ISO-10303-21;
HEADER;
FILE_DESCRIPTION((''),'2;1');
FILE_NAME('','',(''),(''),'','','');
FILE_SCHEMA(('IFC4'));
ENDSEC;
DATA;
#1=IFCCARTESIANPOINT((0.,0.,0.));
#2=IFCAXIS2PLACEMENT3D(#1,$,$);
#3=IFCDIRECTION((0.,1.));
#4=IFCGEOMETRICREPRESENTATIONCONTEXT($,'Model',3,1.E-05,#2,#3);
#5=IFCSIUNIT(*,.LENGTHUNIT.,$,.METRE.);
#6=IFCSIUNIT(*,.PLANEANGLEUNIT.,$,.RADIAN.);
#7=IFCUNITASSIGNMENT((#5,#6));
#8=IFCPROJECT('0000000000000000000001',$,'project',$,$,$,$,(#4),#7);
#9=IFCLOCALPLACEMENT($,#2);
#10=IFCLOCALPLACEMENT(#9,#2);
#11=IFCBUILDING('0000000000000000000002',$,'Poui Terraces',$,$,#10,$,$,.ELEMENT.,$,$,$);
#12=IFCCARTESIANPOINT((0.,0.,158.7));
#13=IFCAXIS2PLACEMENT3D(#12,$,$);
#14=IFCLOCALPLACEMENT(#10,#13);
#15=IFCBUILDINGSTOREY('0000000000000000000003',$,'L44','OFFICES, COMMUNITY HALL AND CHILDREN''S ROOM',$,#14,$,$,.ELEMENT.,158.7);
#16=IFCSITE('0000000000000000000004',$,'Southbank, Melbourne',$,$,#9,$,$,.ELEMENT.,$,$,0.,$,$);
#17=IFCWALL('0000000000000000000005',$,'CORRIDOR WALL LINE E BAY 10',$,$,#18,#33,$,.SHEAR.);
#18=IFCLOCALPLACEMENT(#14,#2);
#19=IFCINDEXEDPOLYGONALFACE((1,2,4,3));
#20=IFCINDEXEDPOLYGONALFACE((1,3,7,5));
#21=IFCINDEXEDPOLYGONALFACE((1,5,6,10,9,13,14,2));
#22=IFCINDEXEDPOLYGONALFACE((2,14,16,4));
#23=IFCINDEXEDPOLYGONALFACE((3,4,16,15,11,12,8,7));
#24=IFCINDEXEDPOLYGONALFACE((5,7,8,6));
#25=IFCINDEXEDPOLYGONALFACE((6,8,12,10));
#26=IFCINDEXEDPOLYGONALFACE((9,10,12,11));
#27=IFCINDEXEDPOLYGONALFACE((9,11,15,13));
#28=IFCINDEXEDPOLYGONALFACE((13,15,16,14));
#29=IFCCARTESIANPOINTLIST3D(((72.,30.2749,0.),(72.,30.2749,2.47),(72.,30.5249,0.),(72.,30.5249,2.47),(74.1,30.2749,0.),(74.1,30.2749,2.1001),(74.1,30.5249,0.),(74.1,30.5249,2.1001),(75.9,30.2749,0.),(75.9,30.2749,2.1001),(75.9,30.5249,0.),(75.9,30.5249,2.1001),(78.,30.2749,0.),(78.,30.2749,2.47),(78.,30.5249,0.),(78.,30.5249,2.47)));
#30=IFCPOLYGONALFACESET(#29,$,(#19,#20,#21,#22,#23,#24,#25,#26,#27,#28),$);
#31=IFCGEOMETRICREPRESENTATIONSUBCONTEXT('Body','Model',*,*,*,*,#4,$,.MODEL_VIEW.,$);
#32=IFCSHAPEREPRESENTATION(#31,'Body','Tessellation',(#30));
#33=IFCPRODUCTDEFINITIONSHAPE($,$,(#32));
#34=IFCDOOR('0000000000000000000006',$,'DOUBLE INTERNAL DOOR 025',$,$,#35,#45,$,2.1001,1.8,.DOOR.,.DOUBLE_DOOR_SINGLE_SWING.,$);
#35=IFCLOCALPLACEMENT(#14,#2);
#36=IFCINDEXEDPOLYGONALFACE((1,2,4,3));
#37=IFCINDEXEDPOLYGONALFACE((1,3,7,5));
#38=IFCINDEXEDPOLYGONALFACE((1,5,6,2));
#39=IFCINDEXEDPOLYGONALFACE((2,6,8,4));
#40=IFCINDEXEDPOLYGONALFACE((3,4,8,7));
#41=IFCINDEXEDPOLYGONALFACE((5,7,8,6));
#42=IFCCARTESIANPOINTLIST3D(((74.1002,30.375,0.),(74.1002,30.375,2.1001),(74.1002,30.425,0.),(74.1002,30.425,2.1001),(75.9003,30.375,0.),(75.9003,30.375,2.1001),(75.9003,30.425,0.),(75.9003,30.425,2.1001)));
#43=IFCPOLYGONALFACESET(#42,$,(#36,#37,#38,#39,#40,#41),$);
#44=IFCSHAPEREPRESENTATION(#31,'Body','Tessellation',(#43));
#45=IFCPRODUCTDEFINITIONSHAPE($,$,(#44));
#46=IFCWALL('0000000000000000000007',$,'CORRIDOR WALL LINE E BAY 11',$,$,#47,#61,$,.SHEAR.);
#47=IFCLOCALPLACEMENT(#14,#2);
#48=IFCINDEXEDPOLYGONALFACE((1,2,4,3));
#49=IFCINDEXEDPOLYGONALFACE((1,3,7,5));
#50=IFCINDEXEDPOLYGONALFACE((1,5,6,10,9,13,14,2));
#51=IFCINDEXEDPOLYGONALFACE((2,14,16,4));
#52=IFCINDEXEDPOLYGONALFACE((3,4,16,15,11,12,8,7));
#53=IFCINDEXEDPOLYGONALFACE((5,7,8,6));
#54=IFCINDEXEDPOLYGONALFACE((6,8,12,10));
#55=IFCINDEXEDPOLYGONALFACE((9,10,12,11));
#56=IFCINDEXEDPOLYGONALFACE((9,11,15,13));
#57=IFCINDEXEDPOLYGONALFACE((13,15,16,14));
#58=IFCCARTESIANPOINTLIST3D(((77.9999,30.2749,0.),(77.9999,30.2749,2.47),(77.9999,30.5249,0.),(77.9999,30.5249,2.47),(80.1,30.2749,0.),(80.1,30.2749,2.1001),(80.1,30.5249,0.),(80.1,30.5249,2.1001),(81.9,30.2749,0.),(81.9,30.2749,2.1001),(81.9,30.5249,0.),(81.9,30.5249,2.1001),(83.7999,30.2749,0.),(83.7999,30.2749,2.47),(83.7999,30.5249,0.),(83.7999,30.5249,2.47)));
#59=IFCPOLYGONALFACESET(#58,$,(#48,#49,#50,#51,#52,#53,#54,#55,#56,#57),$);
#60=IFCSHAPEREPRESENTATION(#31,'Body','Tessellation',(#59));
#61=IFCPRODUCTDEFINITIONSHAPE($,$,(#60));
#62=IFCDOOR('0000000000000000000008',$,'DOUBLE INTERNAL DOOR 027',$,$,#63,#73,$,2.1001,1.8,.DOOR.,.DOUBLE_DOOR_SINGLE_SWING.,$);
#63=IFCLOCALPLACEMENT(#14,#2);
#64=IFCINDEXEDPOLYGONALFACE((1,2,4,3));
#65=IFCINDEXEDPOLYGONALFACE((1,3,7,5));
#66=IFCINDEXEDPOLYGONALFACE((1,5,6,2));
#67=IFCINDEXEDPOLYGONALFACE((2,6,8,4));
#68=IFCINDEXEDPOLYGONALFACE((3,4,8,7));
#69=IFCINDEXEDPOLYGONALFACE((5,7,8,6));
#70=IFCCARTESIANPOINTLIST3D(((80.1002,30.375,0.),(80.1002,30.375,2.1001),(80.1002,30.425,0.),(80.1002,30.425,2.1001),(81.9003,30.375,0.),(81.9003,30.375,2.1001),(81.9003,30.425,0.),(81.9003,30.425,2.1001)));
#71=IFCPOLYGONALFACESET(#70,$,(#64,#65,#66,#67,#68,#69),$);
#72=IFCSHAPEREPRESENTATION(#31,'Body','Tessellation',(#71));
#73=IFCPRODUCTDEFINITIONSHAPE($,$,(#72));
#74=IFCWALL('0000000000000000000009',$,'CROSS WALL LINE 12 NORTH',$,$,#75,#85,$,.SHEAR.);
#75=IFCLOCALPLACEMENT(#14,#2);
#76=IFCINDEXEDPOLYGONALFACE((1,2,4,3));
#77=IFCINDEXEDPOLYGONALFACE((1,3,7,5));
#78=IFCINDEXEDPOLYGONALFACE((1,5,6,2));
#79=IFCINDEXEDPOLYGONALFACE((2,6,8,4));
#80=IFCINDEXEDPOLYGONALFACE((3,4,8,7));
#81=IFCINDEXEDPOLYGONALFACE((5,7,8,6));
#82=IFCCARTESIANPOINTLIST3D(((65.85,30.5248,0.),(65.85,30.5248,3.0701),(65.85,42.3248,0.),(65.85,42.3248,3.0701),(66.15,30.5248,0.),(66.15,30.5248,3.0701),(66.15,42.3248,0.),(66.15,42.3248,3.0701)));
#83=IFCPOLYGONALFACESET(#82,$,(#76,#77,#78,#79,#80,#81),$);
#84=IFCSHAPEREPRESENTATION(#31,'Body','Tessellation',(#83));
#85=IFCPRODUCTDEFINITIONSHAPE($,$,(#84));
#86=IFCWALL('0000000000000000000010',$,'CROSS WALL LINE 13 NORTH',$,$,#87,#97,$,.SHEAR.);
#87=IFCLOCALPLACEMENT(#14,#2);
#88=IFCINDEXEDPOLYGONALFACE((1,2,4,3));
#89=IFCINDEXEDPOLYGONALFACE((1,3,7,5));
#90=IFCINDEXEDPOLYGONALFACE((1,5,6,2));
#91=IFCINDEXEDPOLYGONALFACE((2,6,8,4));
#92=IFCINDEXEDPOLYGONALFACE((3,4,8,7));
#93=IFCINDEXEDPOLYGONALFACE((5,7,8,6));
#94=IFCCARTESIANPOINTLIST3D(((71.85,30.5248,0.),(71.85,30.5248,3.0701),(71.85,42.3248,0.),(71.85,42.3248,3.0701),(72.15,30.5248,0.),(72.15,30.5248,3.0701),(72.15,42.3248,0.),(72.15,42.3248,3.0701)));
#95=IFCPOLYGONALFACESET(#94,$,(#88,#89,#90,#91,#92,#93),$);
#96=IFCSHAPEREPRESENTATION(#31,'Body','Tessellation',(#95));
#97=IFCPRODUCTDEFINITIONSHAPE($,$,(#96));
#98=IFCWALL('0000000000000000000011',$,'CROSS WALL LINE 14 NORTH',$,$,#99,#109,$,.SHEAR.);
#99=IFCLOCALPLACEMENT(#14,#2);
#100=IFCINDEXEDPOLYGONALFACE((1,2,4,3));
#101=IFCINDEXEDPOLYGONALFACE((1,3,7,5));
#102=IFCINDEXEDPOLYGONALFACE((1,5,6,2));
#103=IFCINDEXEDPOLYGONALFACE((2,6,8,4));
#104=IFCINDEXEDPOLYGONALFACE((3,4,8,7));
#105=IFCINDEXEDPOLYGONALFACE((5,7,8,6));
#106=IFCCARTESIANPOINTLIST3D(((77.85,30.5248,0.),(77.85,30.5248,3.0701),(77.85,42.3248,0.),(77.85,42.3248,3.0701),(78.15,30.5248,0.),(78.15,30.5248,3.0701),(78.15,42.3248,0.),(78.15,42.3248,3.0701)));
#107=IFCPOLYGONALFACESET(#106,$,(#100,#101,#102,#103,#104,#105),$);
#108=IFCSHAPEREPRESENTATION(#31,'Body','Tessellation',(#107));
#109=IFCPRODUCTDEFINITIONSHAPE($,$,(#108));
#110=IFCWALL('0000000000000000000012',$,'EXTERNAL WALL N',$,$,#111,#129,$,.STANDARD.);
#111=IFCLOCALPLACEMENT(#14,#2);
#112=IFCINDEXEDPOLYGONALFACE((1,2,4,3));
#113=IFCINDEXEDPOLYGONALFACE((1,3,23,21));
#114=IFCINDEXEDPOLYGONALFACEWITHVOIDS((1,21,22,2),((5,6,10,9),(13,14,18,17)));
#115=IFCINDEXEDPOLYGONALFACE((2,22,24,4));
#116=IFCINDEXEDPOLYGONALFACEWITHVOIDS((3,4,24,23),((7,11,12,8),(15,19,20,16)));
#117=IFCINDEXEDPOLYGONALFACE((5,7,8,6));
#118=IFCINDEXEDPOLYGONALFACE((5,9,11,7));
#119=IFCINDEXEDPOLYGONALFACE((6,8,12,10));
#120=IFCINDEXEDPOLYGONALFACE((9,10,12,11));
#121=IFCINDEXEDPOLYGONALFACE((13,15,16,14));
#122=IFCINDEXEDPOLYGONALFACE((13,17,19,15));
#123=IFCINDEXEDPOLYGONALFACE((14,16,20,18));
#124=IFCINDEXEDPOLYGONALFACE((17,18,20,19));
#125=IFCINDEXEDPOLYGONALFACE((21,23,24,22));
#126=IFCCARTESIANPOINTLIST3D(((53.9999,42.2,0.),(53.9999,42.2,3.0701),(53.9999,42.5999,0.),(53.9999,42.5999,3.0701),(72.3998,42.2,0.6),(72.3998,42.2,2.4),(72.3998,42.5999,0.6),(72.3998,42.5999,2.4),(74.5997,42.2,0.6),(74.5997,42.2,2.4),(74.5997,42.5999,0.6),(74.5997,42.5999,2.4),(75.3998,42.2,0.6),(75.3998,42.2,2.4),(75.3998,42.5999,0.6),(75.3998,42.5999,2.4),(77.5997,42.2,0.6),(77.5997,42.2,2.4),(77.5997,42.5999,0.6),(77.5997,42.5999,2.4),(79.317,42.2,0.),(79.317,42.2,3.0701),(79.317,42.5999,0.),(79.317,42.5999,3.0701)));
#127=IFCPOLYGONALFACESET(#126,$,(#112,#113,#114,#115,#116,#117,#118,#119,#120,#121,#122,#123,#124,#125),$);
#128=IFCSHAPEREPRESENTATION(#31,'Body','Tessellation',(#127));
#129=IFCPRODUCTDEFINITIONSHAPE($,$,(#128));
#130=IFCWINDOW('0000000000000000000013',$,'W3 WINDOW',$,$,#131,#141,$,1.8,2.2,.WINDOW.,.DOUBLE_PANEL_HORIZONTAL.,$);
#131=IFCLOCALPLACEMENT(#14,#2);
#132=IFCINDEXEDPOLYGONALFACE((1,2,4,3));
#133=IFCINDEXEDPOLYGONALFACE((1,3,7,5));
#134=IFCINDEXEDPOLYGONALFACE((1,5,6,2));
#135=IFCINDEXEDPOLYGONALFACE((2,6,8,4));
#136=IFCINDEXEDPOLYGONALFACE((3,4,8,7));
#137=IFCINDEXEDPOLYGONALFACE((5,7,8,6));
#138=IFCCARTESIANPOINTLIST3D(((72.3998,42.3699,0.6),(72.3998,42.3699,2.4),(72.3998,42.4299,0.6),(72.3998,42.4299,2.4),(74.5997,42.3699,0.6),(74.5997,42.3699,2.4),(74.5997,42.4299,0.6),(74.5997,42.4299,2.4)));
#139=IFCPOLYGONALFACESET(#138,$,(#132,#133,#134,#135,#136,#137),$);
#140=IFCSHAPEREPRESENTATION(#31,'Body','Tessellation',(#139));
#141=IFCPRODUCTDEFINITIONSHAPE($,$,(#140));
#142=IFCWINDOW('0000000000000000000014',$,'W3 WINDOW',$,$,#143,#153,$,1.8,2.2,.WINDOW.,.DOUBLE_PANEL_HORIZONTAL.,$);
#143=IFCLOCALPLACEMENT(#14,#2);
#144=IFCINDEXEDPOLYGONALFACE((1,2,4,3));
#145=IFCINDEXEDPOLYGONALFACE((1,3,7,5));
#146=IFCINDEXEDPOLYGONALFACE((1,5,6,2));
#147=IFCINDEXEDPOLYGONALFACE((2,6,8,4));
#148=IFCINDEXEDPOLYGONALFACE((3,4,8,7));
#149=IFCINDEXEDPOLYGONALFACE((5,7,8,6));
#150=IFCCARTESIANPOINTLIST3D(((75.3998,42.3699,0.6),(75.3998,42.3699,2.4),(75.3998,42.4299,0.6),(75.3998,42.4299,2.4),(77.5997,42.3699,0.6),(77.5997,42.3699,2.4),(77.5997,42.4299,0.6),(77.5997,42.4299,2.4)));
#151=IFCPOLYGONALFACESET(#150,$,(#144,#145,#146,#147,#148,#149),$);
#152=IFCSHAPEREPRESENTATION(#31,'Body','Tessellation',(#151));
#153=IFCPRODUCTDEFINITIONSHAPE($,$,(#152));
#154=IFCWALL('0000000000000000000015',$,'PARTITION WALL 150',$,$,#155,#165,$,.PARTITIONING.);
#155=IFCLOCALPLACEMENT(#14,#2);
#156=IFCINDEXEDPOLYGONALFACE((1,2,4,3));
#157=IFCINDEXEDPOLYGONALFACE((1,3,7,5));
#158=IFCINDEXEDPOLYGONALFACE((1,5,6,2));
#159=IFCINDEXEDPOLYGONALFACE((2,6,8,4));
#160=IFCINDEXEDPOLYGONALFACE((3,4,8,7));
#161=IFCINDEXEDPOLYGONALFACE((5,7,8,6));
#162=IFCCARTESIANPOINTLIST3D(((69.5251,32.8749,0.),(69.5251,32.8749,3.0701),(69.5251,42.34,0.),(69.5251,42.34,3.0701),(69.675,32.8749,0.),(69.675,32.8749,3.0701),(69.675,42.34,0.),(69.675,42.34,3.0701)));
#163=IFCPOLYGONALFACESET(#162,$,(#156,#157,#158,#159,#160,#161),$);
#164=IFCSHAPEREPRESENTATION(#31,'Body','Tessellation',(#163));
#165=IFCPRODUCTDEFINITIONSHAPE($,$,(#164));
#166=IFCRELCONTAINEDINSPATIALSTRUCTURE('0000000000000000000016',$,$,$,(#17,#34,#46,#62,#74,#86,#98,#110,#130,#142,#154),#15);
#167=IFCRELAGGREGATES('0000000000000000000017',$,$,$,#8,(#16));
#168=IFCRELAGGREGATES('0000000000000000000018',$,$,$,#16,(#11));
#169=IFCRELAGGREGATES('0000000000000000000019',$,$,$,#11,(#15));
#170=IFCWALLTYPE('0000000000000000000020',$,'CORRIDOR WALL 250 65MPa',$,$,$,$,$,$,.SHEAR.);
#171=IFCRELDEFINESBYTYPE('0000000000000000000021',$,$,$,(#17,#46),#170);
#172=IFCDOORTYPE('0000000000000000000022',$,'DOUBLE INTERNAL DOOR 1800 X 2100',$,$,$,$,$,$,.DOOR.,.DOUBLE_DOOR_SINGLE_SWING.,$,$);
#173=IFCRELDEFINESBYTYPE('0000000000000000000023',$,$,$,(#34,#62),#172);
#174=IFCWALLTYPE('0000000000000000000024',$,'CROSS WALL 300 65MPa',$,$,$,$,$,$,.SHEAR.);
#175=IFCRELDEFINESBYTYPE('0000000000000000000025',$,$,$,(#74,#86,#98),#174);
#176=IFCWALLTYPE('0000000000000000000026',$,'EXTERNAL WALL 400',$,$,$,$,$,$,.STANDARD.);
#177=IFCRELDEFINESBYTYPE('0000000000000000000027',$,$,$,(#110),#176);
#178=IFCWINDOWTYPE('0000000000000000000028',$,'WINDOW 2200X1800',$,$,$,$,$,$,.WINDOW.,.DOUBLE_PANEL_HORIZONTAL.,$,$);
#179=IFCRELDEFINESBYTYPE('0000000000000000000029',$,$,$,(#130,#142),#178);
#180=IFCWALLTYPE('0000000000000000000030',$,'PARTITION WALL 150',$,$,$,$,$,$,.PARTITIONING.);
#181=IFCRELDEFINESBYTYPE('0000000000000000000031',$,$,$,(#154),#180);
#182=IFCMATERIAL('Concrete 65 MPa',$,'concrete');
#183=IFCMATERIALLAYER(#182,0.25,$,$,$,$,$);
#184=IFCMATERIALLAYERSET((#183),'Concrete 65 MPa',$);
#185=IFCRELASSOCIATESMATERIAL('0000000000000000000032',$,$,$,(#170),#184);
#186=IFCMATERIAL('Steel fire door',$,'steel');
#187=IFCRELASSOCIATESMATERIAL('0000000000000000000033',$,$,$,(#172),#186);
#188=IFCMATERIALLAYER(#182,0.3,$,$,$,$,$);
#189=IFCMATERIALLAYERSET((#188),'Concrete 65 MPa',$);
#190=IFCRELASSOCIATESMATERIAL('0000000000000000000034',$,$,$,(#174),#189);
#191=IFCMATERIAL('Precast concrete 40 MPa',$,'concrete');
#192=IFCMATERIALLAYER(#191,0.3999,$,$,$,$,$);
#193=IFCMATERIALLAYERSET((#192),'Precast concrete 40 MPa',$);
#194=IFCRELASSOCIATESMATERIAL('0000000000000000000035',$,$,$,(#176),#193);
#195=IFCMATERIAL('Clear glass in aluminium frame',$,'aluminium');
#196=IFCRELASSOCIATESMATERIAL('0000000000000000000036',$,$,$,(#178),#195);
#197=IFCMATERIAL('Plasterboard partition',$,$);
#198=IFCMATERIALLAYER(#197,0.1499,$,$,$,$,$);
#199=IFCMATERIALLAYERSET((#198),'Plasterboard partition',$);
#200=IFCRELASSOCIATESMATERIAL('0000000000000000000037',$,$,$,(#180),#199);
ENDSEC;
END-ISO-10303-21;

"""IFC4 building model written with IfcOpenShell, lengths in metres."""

from ifc_helpers import new_model, si_unit, direction, frame, frame_2d, origin, place, context, subcontext, project, spatial, rectangle, extrude, material, layer, layer_set, type_object, element, fill, save


model = new_model("IFC4")

# Units and contexts
model_context = context("Model", 3, precision=1e-05, world=origin(), true_north=direction((0.0, 1.0)))
body_context = subcontext(model_context, "Body", "Model", "MODEL_VIEW")
ifc_project = project(units=[si_unit("LENGTHUNIT", "METRE"), si_unit("PLANEANGLEUNIT", "RADIAN")], contexts=[model_context])

# Site, building, storey
site_placement = place(None, origin())
site = spatial("IfcSite", under=ifc_project, at=site_placement, Name="Southbank, Melbourne", CompositionType="ELEMENT", RefElevation=0.0)
building_placement = place(site_placement, origin())
building = spatial("IfcBuilding", under=site, at=building_placement, Name="Poui Terraces", CompositionType="ELEMENT")
storey_placement = place(building_placement, frame((0.0, 0.0, 158.7)))
storey = spatial("IfcBuildingStorey", under=building, at=storey_placement, Name="L44", Description="OFFICES, COMMUNITY HALL AND CHILDREN'S ROOM", CompositionType="ELEMENT", Elevation=158.7)

# Shared definitions
ifc_material_1 = material(Name="Concrete 65 MPa", Category="concrete")

# Walls, openings, doors
ifc_layer_1 = layer(ifc_material_1, 0.25)
ifc_layer_set_1 = layer_set([ifc_layer_1], Name="Concrete 65 MPa")
wall_type_1 = type_object("IfcWallType", Name="CORRIDOR WALL 250 65MPa", PredefinedType="SHEAR", material=ifc_layer_set_1)
wall_1_placement = place(storey_placement, frame((72.0, 30.3999, 0.0), z_axis=(0.0, 0.0, 1.0), x_axis=(1.0, 0.0, 0.0)))
wall_1 = element("IfcWall", 1, at=wall_1_placement, inside=storey, type_object=wall_type_1, Name="CORRIDOR WALL LINE E BAY 10", PredefinedType="SHEAR", context=body_context, shape_type="SweptSolid", body=[
    extrude(rectangle(XDim=6.0, YDim=0.25, at=frame_2d((3.0, 0.0))), origin(), (0.0, 0.0, 1.0), 2.47),
])
opening_1_placement = place(wall_1_placement, frame((2.1001, 0.0, 0.0)))
opening_1 = element("IfcOpeningElement", 2, at=opening_1_placement, cuts=wall_1, PredefinedType="OPENING", context=body_context, shape_type="SweptSolid", body=[
    extrude(rectangle(XDim=1.8, YDim=2.1001, at=frame_2d((0.8999, 1.05))), frame((0.0, 0.135, 0.0), z_axis=(0.0, -1.0, 0.0), x_axis=(1.0, 0.0, 0.0)), (0.0, 0.0, 1.0), 0.27),
])
ifc_material_2 = material(Name="Steel fire door", Category="steel")
door_type_1 = type_object("IfcDoorType", Name="DOUBLE INTERNAL DOOR 1800 X 2100", OperationType="DOUBLE_DOOR_SINGLE_SWING", PredefinedType="DOOR", material=ifc_material_2)
door_1_placement = place(opening_1_placement, frame((1.8, 0.0, 0.0), z_axis=(0.0, 0.0, 1.0), x_axis=(-1.0, 0.0, 0.0)))
door_1 = element("IfcDoor", 3, at=door_1_placement, inside=storey, type_object=door_type_1, Name="DOUBLE INTERNAL DOOR 025", OperationType="DOUBLE_DOOR_SINGLE_SWING", OverallHeight=2.1001, OverallWidth=1.8, PredefinedType="DOOR", context=body_context, shape_type="SweptSolid", body=[
    extrude(rectangle(XDim=1.8, YDim=2.1001, at=frame_2d((0.8999, 1.05))), frame((0.0, 0.0249, 0.0), z_axis=(0.0, -1.0, 0.0), x_axis=(1.0, 0.0, 0.0)), (0.0, 0.0, 1.0), 0.05),
])
fill(opening_1, door_1)
wall_2_placement = place(storey_placement, frame((78.0, 30.3999, 0.0), z_axis=(0.0, 0.0, 1.0), x_axis=(1.0, 0.0, 0.0)))
wall_2 = element("IfcWall", 4, at=wall_2_placement, inside=storey, type_object=wall_type_1, Name="CORRIDOR WALL LINE E BAY 11", PredefinedType="SHEAR", context=body_context, shape_type="SweptSolid", body=[
    extrude(rectangle(XDim=5.8, YDim=0.25, at=frame_2d((2.8999, 0.0))), origin(), (0.0, 0.0, 1.0), 2.47),
])
opening_2_placement = place(wall_2_placement, frame((2.1001, 0.0, 0.0)))
opening_2 = element("IfcOpeningElement", 5, at=opening_2_placement, cuts=wall_2, PredefinedType="OPENING", context=body_context, shape_type="SweptSolid", body=[
    extrude(rectangle(XDim=1.8, YDim=2.1001, at=frame_2d((0.8999, 1.05))), frame((0.0, 0.135, 0.0), z_axis=(0.0, -1.0, 0.0), x_axis=(1.0, 0.0, 0.0)), (0.0, 0.0, 1.0), 0.27),
])
door_2_placement = place(opening_2_placement, frame((1.8, 0.0, 0.0), z_axis=(0.0, 0.0, 1.0), x_axis=(-1.0, 0.0, 0.0)))
door_2 = element("IfcDoor", 6, at=door_2_placement, inside=storey, type_object=door_type_1, Name="DOUBLE INTERNAL DOOR 027", OperationType="DOUBLE_DOOR_SINGLE_SWING", OverallHeight=2.1001, OverallWidth=1.8, PredefinedType="DOOR", context=body_context, shape_type="SweptSolid", body=[
    extrude(rectangle(XDim=1.8, YDim=2.1001, at=frame_2d((0.8999, 1.05))), frame((0.0, 0.0249, 0.0), z_axis=(0.0, -1.0, 0.0), x_axis=(1.0, 0.0, 0.0)), (0.0, 0.0, 1.0), 0.05),
])
fill(opening_2, door_2)

# Walls
ifc_layer_2 = layer(ifc_material_1, 0.3)
ifc_layer_set_2 = layer_set([ifc_layer_2], Name="Concrete 65 MPa")
wall_type_2 = type_object("IfcWallType", Name="CROSS WALL 300 65MPa", PredefinedType="SHEAR", material=ifc_layer_set_2)
for number, where, z_axis, x_axis, name in (
    (7, (66.0, 30.5249, 0.0), (0.0, 0.0, 1.0), (0.0, 1.0, 0.0), "CROSS WALL LINE 12 NORTH"),
    (8, (72.0, 30.5249, 0.0), (0.0, 0.0, 1.0), (0.0, 1.0, 0.0), "CROSS WALL LINE 13 NORTH"),
    (9, (78.0, 30.5249, 0.0), (0.0, 0.0, 1.0), (0.0, 1.0, 0.0), "CROSS WALL LINE 14 NORTH"),
):
    element("IfcWall", number, at=place(storey_placement, frame(where, z_axis=z_axis, x_axis=x_axis)), inside=storey, type_object=wall_type_2, Name=name, PredefinedType="SHEAR", context=body_context, shape_type="SweptSolid", body=[
        extrude(rectangle(XDim=11.8, YDim=0.3, at=frame_2d((5.8999, 0.0))), origin(), (0.0, 0.0, 1.0), 3.0701),
    ])

# Wall, openings, windows
ifc_material_3 = material(Name="Precast concrete 40 MPa", Category="concrete")
ifc_layer_3 = layer(ifc_material_3, 0.3999)
ifc_layer_set_3 = layer_set([ifc_layer_3], Name="Precast concrete 40 MPa")
wall_type_3 = type_object("IfcWallType", Name="EXTERNAL WALL 400", PredefinedType="STANDARD", material=ifc_layer_set_3)
wall_3_placement = place(storey_placement, frame((79.3171, 42.3999, 0.0), z_axis=(0.0, 0.0, 1.0), x_axis=(-1.0, 0.0, 0.0)))
wall_3 = element("IfcWall", 10, at=wall_3_placement, inside=storey, type_object=wall_type_3, Name="EXTERNAL WALL N", PredefinedType="STANDARD", context=body_context, shape_type="SweptSolid", body=[
    extrude(rectangle(XDim=25.3171, YDim=0.3999, at=frame_2d((12.6587, 0.0))), origin(), (0.0, 0.0, 1.0), 3.0701),
])
opening_3_placement = place(wall_3_placement, frame((4.7173, 0.0, 0.6001)))
opening_3 = element("IfcOpeningElement", 11, at=opening_3_placement, cuts=wall_3, PredefinedType="OPENING", context=body_context, shape_type="SweptSolid", body=[
    extrude(rectangle(XDim=2.2, YDim=1.8, at=frame_2d((1.1001, 0.8999))), frame((0.0, 0.21, 0.0), z_axis=(0.0, -1.0, 0.0), x_axis=(1.0, 0.0, 0.0)), (0.0, 0.0, 1.0), 0.4199),
])
opening_4_placement = place(wall_3_placement, frame((1.7173, 0.0, 0.6001)))
opening_4 = element("IfcOpeningElement", 12, at=opening_4_placement, cuts=wall_3, PredefinedType="OPENING", context=body_context, shape_type="SweptSolid", body=[
    extrude(rectangle(XDim=2.2, YDim=1.8, at=frame_2d((1.1001, 0.8999))), frame((0.0, 0.21, 0.0), z_axis=(0.0, -1.0, 0.0), x_axis=(1.0, 0.0, 0.0)), (0.0, 0.0, 1.0), 0.4199),
])
ifc_material_4 = material(Name="Clear glass in aluminium frame", Category="aluminium")
window_type = type_object("IfcWindowType", Name="WINDOW 2200X1800", PartitioningType="DOUBLE_PANEL_HORIZONTAL", PredefinedType="WINDOW", material=ifc_material_4)
window_1_placement = place(opening_3_placement, origin())
window_1 = element("IfcWindow", 13, at=window_1_placement, inside=storey, type_object=window_type, Name="W3 WINDOW", OverallHeight=1.8, OverallWidth=2.2, PartitioningType="DOUBLE_PANEL_HORIZONTAL", PredefinedType="WINDOW", context=body_context, shape_type="SweptSolid", body=[
    extrude(rectangle(XDim=2.2, YDim=1.8, at=frame_2d((1.1001, 0.8999))), frame((0.0, 0.03, 0.0), z_axis=(0.0, -1.0, 0.0), x_axis=(1.0, 0.0, 0.0)), (0.0, 0.0, 1.0), 0.0601),
])
fill(opening_3, window_1)
window_2_placement = place(opening_4_placement, origin())
window_2 = element("IfcWindow", 14, at=window_2_placement, inside=storey, type_object=window_type, Name="W3 WINDOW", OverallHeight=1.8, OverallWidth=2.2, PartitioningType="DOUBLE_PANEL_HORIZONTAL", PredefinedType="WINDOW", context=body_context, shape_type="SweptSolid", body=[
    extrude(rectangle(XDim=2.2, YDim=1.8, at=frame_2d((1.1001, 0.8999))), frame((0.0, 0.03, 0.0), z_axis=(0.0, -1.0, 0.0), x_axis=(1.0, 0.0, 0.0)), (0.0, 0.0, 1.0), 0.0601),
])
fill(opening_4, window_2)

# Wall
ifc_material_5 = material(Name="Plasterboard partition")
ifc_layer_4 = layer(ifc_material_5, 0.1499)
ifc_layer_set_4 = layer_set([ifc_layer_4], Name="Plasterboard partition")
wall_type_4 = type_object("IfcWallType", Name="PARTITION WALL 150", PredefinedType="PARTITIONING", material=ifc_layer_set_4)
wall_4_placement = place(storey_placement, frame((69.6001, 32.875, 0.0), z_axis=(0.0, 0.0, 1.0), x_axis=(0.0, 1.0, 0.0)))
element("IfcWall", 15, at=wall_4_placement, inside=storey, type_object=wall_type_4, Name="PARTITION WALL 150", PredefinedType="PARTITIONING", context=body_context, shape_type="SweptSolid", body=[
    extrude(rectangle(XDim=9.4651, YDim=0.1499, at=frame_2d((4.7324, 0.0))), origin(), (0.0, 0.0, 1.0), 3.0701),
])

save(model, "model.ifc")
